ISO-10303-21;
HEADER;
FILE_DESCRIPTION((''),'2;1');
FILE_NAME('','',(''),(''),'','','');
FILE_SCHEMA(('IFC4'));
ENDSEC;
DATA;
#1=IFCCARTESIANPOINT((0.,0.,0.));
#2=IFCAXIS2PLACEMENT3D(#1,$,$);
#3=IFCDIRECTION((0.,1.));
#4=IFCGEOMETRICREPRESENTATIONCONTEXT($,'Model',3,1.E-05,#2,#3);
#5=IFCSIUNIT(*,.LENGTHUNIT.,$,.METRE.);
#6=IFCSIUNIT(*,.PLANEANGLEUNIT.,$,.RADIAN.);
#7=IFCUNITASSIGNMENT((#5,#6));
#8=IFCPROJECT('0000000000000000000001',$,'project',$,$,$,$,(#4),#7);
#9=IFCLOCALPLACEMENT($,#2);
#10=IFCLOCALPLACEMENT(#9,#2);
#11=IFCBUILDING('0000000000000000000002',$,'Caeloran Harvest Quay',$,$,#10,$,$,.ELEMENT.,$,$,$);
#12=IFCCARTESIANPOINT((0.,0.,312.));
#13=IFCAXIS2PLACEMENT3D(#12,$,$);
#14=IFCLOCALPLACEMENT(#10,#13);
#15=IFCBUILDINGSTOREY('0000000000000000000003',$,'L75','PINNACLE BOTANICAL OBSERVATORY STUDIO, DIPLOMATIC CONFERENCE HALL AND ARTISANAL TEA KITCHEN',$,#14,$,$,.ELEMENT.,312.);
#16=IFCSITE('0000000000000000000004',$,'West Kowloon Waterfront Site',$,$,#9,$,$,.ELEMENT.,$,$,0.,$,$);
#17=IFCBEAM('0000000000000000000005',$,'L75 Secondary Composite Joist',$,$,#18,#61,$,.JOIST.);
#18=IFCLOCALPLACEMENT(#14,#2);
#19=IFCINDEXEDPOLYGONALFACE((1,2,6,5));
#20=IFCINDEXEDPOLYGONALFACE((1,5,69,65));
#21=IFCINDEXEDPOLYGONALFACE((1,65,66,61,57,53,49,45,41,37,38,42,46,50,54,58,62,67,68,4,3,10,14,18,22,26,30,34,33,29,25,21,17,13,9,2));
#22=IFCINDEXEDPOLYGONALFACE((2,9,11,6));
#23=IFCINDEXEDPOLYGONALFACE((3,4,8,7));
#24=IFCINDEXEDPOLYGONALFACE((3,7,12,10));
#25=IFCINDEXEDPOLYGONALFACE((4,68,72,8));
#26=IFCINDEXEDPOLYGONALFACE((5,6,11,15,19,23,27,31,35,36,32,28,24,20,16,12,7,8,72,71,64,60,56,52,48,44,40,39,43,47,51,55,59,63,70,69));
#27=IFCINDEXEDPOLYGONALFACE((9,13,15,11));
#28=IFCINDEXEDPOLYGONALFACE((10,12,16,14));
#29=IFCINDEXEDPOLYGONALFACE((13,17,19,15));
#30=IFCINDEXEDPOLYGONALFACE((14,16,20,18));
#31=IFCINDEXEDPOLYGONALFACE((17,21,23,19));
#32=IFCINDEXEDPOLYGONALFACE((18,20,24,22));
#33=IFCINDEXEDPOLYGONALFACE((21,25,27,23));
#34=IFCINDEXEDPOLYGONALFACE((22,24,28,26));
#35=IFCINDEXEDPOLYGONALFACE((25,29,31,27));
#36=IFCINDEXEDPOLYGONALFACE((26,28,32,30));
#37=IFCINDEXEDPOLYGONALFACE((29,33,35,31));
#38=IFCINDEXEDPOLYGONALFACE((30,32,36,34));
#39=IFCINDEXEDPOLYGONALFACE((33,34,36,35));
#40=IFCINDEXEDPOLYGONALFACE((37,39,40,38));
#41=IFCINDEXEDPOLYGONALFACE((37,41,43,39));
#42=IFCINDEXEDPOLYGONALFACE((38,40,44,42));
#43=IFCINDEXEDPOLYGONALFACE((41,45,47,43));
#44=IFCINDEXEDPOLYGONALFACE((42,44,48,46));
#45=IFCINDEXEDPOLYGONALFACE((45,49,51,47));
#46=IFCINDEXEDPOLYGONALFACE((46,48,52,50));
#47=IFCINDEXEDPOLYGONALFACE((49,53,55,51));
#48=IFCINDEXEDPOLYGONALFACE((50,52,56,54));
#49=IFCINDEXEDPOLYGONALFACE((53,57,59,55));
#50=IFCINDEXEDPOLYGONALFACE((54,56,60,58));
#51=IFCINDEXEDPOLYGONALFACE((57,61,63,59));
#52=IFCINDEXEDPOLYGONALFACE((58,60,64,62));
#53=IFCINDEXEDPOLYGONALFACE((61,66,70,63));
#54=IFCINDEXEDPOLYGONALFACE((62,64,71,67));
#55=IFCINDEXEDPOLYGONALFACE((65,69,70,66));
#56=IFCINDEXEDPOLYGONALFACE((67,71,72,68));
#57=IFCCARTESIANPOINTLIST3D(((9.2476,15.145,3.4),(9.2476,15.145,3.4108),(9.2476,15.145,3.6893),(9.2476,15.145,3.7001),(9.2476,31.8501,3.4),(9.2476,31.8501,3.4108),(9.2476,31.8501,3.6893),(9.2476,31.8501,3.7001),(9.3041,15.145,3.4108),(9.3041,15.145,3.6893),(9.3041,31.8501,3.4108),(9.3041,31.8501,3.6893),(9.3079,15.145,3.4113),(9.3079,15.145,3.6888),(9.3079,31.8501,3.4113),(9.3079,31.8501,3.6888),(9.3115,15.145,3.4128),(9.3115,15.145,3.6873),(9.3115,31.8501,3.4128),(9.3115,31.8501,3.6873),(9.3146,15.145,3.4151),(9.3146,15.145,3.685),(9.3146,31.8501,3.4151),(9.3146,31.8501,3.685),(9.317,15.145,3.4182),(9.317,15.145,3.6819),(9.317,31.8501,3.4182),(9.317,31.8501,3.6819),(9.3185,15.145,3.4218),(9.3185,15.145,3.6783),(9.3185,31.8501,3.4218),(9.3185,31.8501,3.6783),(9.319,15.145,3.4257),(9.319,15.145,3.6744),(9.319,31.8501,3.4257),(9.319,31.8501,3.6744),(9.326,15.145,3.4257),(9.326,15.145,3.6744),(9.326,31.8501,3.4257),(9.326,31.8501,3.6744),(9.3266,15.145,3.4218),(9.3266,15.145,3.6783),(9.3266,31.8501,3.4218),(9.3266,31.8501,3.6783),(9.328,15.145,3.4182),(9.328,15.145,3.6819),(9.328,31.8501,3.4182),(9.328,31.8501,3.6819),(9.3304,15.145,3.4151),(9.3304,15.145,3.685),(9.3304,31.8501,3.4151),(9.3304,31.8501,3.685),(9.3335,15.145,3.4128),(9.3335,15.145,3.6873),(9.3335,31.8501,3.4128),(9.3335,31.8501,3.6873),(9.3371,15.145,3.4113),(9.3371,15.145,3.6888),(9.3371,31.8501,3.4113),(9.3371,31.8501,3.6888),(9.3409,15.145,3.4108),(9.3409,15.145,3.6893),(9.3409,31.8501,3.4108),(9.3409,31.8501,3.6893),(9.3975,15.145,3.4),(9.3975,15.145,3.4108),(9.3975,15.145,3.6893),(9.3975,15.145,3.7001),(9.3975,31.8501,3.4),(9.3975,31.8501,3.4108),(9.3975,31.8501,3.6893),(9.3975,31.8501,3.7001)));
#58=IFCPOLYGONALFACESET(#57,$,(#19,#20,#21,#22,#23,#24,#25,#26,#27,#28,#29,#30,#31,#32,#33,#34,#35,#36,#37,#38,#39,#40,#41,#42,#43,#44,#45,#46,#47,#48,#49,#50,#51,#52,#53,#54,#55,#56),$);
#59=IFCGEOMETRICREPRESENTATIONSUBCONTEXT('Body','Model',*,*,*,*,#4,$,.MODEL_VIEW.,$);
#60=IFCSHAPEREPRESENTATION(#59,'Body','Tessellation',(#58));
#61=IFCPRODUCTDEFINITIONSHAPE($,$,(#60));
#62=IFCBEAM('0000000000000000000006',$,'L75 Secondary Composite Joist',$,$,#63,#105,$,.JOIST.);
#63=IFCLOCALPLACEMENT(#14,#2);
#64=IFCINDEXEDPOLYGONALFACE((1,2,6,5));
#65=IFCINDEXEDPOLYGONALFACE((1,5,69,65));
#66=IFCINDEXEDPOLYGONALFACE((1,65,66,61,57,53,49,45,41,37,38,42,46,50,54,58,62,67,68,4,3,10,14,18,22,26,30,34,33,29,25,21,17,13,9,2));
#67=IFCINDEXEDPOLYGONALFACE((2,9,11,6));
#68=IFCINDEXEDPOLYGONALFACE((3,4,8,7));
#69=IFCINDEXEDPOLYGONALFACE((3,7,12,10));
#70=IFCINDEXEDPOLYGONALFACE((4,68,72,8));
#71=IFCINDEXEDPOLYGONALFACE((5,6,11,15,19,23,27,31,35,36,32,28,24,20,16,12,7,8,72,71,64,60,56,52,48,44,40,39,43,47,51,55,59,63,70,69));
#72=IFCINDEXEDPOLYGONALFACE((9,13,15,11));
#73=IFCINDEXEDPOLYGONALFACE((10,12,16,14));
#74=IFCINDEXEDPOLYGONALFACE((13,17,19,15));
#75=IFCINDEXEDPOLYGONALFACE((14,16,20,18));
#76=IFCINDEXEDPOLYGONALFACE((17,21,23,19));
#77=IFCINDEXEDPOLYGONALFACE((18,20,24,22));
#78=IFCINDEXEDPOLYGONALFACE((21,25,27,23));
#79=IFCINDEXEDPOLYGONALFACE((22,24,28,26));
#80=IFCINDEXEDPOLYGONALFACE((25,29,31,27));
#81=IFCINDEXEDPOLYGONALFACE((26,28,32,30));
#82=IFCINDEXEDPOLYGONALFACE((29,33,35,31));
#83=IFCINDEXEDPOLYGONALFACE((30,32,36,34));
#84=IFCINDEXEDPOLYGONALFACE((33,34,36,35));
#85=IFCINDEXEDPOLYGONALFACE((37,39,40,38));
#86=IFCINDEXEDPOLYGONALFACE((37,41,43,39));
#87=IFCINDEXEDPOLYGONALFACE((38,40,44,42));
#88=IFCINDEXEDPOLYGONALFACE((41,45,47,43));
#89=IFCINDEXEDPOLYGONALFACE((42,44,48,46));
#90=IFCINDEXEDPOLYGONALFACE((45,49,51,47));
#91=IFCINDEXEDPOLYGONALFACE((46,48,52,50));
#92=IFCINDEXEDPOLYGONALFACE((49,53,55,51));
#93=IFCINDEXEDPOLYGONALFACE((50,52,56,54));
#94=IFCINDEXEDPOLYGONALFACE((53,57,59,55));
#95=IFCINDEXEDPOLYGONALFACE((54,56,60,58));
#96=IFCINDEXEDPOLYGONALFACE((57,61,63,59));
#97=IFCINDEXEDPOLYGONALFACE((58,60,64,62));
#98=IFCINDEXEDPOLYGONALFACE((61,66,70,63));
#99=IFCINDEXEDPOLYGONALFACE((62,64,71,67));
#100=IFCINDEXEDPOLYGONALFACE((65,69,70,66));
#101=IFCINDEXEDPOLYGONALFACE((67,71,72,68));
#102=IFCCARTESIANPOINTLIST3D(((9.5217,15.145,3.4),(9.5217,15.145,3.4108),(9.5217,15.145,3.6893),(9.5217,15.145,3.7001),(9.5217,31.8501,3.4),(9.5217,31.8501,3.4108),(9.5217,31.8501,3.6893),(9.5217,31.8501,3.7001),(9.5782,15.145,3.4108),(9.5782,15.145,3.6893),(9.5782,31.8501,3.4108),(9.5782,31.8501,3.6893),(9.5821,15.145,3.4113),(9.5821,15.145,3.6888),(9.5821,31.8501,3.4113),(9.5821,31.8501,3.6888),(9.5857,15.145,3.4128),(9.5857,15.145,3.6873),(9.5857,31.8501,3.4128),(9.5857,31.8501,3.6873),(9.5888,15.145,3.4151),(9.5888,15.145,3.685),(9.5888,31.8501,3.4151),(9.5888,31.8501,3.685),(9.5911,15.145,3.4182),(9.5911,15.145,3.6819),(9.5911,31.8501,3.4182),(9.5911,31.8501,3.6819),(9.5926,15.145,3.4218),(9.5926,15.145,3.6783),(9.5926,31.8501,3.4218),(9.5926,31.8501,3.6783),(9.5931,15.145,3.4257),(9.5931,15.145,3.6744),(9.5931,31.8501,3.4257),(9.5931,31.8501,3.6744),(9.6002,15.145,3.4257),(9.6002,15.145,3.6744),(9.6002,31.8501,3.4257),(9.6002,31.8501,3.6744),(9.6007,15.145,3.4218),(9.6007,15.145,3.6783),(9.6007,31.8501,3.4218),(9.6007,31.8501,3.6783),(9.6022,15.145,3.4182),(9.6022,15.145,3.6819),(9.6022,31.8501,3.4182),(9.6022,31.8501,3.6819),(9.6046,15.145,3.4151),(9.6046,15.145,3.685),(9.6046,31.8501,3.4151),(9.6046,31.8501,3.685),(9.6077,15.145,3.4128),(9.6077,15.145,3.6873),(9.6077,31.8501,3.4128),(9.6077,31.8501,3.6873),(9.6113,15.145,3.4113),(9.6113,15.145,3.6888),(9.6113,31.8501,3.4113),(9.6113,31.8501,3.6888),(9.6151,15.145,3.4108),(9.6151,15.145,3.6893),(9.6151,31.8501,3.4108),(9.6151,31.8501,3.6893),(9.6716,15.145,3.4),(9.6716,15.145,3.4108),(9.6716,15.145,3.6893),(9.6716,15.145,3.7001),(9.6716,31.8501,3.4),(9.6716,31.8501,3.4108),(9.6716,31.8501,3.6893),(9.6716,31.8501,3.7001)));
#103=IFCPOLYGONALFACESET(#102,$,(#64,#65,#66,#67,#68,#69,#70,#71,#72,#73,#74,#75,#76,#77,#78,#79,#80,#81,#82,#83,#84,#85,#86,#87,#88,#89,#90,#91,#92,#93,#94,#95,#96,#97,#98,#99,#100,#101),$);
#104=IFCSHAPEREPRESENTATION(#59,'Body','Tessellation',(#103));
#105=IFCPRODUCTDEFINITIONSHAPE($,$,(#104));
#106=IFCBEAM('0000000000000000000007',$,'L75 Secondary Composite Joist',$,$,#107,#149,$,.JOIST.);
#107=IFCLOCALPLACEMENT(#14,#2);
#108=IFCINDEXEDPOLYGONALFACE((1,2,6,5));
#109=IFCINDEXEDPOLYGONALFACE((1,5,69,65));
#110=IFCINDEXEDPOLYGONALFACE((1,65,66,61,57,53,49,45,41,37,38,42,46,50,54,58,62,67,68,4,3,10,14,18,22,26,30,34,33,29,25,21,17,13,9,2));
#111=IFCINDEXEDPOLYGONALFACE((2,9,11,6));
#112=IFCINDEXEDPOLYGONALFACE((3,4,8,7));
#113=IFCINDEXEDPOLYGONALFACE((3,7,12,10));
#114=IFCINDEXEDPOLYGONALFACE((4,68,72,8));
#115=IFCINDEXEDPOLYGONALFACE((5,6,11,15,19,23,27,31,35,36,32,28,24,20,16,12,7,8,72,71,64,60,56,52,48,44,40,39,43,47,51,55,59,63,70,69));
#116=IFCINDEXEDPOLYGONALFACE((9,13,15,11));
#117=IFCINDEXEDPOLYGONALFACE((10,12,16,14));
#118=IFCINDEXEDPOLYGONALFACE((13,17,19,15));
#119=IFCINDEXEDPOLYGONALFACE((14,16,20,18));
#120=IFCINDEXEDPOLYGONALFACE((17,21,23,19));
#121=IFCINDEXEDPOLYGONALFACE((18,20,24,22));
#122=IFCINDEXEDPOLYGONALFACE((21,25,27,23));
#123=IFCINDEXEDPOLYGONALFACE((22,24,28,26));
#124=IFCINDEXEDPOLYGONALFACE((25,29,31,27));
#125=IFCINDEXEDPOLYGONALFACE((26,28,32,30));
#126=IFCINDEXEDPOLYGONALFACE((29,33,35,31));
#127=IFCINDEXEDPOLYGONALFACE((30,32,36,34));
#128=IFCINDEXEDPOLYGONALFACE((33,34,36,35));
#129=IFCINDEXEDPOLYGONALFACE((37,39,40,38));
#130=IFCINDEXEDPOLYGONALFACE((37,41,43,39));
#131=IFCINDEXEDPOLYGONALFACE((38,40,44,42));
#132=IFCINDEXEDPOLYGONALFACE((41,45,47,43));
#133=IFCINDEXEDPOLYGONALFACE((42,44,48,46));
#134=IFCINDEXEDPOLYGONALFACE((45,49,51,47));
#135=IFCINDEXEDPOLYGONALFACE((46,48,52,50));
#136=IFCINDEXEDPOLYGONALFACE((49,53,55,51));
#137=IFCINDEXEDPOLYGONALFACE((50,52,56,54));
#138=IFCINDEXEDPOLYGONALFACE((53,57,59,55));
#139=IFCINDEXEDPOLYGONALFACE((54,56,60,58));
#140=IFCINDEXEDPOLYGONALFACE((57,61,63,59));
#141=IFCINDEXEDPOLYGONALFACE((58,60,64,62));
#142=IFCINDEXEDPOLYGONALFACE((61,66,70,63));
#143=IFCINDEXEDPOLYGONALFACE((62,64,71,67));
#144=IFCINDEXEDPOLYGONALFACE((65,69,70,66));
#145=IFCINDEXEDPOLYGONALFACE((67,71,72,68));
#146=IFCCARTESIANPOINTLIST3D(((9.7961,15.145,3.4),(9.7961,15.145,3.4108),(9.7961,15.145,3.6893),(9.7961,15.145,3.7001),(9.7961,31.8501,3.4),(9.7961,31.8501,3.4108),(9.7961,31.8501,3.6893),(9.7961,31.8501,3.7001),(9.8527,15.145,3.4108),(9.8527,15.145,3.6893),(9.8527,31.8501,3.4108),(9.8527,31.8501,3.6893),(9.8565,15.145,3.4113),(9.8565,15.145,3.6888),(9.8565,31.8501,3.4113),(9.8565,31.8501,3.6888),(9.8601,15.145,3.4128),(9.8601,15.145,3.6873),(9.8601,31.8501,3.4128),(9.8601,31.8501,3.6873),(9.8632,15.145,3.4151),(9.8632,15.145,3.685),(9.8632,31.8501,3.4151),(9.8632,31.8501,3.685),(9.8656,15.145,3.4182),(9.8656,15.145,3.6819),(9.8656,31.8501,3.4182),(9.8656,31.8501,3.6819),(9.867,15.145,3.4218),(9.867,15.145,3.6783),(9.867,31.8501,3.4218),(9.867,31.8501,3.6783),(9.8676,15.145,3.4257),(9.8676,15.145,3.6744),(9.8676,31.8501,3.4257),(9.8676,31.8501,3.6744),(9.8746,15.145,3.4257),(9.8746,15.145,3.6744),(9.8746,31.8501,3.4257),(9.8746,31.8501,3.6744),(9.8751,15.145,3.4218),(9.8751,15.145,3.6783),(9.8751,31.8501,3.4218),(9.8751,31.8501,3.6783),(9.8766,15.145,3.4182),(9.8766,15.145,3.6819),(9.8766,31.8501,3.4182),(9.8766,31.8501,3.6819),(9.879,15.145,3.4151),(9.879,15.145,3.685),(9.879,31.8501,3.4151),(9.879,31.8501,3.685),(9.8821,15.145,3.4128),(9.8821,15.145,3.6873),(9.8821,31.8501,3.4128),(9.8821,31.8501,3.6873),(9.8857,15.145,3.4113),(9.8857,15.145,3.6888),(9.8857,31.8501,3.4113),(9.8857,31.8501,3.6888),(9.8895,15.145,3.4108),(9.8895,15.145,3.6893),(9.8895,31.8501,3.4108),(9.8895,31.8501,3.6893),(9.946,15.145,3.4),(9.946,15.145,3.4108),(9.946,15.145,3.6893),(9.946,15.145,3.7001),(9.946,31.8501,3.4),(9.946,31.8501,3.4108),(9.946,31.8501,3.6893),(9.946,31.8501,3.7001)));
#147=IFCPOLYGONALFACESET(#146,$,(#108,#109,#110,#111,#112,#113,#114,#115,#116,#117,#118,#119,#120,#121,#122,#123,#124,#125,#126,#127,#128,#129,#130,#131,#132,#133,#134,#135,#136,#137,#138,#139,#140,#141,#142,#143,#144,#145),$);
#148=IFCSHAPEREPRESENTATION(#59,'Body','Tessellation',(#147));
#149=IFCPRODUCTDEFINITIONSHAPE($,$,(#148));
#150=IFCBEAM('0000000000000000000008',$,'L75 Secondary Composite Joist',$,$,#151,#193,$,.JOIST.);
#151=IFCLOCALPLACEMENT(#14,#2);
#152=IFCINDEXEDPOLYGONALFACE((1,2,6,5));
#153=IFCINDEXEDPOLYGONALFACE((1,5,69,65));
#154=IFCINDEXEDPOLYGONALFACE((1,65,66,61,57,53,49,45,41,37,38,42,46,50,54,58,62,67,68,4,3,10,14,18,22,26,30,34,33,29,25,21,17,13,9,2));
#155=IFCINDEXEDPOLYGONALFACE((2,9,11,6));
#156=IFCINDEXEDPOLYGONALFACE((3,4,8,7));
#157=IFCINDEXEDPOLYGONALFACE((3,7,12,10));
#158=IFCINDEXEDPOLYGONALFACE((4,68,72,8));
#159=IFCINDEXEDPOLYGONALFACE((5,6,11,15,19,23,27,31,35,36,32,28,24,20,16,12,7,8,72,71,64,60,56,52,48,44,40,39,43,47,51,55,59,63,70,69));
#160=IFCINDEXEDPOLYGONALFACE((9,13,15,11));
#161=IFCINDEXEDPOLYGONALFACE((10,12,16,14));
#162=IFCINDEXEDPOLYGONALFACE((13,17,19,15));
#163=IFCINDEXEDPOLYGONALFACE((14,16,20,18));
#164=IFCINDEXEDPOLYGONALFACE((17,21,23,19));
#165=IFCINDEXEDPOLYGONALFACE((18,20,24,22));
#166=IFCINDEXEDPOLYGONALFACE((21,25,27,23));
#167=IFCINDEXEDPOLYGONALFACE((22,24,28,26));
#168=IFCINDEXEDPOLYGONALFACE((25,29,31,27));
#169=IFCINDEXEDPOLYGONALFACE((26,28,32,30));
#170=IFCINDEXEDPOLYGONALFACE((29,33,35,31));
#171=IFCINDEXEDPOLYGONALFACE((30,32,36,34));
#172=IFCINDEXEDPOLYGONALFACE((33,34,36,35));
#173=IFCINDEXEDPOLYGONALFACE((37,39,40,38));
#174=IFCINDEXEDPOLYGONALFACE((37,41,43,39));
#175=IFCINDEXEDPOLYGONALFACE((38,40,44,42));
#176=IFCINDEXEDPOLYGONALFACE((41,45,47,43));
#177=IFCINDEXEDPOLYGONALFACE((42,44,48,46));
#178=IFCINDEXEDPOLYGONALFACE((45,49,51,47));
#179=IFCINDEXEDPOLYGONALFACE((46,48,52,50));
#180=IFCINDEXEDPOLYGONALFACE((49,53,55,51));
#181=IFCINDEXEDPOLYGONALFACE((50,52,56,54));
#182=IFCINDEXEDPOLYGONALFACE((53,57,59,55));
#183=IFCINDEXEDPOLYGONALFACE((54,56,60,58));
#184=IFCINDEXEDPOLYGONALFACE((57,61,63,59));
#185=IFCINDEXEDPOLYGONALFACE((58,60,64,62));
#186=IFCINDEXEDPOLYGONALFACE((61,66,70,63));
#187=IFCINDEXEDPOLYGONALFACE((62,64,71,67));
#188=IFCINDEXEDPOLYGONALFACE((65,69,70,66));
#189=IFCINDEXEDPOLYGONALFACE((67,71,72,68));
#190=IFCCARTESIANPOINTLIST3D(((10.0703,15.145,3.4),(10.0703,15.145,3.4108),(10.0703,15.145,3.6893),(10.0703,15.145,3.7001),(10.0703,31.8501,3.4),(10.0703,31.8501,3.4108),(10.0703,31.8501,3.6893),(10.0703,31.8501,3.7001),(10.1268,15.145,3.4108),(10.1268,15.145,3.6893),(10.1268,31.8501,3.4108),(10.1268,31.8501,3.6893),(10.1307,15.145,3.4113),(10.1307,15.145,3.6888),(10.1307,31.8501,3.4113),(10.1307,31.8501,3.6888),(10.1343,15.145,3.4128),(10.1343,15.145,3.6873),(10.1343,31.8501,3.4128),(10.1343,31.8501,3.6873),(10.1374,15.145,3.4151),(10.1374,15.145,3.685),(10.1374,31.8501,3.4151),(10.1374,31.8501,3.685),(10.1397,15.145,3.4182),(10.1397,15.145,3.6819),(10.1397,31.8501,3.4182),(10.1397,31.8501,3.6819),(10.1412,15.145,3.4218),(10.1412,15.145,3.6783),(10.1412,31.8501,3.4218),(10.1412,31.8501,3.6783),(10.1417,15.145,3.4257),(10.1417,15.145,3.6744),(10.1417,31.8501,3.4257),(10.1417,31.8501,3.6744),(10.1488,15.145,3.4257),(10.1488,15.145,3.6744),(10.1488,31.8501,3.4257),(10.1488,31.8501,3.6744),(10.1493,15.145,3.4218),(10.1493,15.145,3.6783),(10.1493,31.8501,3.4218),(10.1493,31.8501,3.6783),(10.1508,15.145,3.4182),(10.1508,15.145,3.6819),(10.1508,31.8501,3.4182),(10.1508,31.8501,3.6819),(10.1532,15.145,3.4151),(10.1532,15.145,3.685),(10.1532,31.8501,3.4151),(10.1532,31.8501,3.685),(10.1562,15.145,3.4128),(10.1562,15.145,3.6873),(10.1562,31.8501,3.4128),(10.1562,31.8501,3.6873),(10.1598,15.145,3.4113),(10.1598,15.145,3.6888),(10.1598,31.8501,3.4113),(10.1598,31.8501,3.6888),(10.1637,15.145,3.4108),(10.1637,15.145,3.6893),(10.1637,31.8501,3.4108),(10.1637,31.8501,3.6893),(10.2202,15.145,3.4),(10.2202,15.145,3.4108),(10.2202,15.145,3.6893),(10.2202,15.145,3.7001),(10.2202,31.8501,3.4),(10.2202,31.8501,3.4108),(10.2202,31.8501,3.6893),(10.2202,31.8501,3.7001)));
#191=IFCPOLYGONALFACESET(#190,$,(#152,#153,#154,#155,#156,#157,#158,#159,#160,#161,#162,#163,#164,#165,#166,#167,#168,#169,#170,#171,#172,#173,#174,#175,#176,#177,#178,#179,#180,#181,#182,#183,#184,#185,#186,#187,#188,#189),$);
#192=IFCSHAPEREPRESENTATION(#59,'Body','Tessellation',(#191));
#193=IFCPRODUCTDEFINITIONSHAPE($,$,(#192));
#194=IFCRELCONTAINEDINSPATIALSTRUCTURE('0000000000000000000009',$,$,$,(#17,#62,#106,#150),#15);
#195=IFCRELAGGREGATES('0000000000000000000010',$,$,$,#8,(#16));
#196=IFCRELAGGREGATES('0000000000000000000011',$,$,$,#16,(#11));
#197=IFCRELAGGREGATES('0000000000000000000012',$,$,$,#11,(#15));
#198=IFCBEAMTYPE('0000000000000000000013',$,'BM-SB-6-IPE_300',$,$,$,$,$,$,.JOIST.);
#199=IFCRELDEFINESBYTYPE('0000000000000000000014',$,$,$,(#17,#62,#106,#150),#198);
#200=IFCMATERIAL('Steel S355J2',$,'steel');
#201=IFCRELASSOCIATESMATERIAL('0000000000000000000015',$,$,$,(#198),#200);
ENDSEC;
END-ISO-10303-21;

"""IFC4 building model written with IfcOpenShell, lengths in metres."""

from ifc_helpers import new_model, si_unit, direction, frame, origin, origin_2d, place, context, subcontext, project, spatial, i_section, extrude, material, material_profile, profile_set, type_object, element, save


model = new_model("IFC4")

# Units and contexts
model_context = context("Model", 3, precision=1e-05, world=origin(), true_north=direction((0.0, 1.0)))
body_context = subcontext(model_context, "Body", "Model", "MODEL_VIEW")
ifc_project = project(units=[si_unit("LENGTHUNIT", "METRE"), si_unit("PLANEANGLEUNIT", "RADIAN")], contexts=[model_context])

# Site, building, storey
site_placement = place(None, origin())
site = spatial("IfcSite", under=ifc_project, at=site_placement, Name="West Kowloon Waterfront Site", CompositionType="ELEMENT", RefElevation=0.0)
building_placement = place(site_placement, origin())
building = spatial("IfcBuilding", under=site, at=building_placement, Name="Caeloran Harvest Quay", CompositionType="ELEMENT")
storey_placement = place(building_placement, frame((0.0, 0.0, 312.0)))
storey = spatial("IfcBuildingStorey", under=building, at=storey_placement, Name="L75", Description="PINNACLE BOTANICAL OBSERVATORY STUDIO, DIPLOMATIC CONFERENCE HALL AND ARTISANAL TEA KITCHEN", CompositionType="ELEMENT", Elevation=312.0)

# Beams
ifc_material_1 = material(Name="Steel S355J2", Category="steel")
ifc_material_profile_1 = material_profile(ifc_material_1, i_section(OverallWidth=0.1499, OverallDepth=0.3, WebThickness=0.0071, FlangeThickness=0.0107, FilletRadius=0.0149, at=origin_2d()), Name="IPE 300")
ifc_profile_set_1 = profile_set([ifc_material_profile_1], Name="Steel S355J2")
beam_type_1 = type_object("IfcBeamType", Name="BM-SB-6-IPE_300", PredefinedType="JOIST", material=ifc_profile_set_1)
for number, where, z_axis, x_axis, name in (
    (1, (9.3225, 15.145, 3.55), (0.0, 1.0, 0.0), (-1.0, 0.0, 0.0), "L75 Secondary Composite Joist"),
    (2, (9.5967, 15.145, 3.55), (0.0, 1.0, 0.0), (-1.0, 0.0, 0.0), "L75 Secondary Composite Joist"),
    (3, (9.8711, 15.145, 3.55), (0.0, 1.0, 0.0), (-1.0, 0.0, 0.0), "L75 Secondary Composite Joist"),
    (4, (10.1453, 15.145, 3.55), (0.0, 1.0, 0.0), (-1.0, 0.0, 0.0), "L75 Secondary Composite Joist"),
):
    element("IfcBeam", number, at=place(storey_placement, frame(where, z_axis=z_axis, x_axis=x_axis)), inside=storey, type_object=beam_type_1, Name=name, PredefinedType="JOIST", context=body_context, shape_type="SweptSolid", body=[
        extrude(i_section(OverallWidth=0.1499, OverallDepth=0.3, WebThickness=0.0071, FlangeThickness=0.0107, FilletRadius=0.0149, at=origin_2d()), origin(), (0.0, 0.0, 1.0), 16.7051),
    ])

save(model, "model.ifc")
